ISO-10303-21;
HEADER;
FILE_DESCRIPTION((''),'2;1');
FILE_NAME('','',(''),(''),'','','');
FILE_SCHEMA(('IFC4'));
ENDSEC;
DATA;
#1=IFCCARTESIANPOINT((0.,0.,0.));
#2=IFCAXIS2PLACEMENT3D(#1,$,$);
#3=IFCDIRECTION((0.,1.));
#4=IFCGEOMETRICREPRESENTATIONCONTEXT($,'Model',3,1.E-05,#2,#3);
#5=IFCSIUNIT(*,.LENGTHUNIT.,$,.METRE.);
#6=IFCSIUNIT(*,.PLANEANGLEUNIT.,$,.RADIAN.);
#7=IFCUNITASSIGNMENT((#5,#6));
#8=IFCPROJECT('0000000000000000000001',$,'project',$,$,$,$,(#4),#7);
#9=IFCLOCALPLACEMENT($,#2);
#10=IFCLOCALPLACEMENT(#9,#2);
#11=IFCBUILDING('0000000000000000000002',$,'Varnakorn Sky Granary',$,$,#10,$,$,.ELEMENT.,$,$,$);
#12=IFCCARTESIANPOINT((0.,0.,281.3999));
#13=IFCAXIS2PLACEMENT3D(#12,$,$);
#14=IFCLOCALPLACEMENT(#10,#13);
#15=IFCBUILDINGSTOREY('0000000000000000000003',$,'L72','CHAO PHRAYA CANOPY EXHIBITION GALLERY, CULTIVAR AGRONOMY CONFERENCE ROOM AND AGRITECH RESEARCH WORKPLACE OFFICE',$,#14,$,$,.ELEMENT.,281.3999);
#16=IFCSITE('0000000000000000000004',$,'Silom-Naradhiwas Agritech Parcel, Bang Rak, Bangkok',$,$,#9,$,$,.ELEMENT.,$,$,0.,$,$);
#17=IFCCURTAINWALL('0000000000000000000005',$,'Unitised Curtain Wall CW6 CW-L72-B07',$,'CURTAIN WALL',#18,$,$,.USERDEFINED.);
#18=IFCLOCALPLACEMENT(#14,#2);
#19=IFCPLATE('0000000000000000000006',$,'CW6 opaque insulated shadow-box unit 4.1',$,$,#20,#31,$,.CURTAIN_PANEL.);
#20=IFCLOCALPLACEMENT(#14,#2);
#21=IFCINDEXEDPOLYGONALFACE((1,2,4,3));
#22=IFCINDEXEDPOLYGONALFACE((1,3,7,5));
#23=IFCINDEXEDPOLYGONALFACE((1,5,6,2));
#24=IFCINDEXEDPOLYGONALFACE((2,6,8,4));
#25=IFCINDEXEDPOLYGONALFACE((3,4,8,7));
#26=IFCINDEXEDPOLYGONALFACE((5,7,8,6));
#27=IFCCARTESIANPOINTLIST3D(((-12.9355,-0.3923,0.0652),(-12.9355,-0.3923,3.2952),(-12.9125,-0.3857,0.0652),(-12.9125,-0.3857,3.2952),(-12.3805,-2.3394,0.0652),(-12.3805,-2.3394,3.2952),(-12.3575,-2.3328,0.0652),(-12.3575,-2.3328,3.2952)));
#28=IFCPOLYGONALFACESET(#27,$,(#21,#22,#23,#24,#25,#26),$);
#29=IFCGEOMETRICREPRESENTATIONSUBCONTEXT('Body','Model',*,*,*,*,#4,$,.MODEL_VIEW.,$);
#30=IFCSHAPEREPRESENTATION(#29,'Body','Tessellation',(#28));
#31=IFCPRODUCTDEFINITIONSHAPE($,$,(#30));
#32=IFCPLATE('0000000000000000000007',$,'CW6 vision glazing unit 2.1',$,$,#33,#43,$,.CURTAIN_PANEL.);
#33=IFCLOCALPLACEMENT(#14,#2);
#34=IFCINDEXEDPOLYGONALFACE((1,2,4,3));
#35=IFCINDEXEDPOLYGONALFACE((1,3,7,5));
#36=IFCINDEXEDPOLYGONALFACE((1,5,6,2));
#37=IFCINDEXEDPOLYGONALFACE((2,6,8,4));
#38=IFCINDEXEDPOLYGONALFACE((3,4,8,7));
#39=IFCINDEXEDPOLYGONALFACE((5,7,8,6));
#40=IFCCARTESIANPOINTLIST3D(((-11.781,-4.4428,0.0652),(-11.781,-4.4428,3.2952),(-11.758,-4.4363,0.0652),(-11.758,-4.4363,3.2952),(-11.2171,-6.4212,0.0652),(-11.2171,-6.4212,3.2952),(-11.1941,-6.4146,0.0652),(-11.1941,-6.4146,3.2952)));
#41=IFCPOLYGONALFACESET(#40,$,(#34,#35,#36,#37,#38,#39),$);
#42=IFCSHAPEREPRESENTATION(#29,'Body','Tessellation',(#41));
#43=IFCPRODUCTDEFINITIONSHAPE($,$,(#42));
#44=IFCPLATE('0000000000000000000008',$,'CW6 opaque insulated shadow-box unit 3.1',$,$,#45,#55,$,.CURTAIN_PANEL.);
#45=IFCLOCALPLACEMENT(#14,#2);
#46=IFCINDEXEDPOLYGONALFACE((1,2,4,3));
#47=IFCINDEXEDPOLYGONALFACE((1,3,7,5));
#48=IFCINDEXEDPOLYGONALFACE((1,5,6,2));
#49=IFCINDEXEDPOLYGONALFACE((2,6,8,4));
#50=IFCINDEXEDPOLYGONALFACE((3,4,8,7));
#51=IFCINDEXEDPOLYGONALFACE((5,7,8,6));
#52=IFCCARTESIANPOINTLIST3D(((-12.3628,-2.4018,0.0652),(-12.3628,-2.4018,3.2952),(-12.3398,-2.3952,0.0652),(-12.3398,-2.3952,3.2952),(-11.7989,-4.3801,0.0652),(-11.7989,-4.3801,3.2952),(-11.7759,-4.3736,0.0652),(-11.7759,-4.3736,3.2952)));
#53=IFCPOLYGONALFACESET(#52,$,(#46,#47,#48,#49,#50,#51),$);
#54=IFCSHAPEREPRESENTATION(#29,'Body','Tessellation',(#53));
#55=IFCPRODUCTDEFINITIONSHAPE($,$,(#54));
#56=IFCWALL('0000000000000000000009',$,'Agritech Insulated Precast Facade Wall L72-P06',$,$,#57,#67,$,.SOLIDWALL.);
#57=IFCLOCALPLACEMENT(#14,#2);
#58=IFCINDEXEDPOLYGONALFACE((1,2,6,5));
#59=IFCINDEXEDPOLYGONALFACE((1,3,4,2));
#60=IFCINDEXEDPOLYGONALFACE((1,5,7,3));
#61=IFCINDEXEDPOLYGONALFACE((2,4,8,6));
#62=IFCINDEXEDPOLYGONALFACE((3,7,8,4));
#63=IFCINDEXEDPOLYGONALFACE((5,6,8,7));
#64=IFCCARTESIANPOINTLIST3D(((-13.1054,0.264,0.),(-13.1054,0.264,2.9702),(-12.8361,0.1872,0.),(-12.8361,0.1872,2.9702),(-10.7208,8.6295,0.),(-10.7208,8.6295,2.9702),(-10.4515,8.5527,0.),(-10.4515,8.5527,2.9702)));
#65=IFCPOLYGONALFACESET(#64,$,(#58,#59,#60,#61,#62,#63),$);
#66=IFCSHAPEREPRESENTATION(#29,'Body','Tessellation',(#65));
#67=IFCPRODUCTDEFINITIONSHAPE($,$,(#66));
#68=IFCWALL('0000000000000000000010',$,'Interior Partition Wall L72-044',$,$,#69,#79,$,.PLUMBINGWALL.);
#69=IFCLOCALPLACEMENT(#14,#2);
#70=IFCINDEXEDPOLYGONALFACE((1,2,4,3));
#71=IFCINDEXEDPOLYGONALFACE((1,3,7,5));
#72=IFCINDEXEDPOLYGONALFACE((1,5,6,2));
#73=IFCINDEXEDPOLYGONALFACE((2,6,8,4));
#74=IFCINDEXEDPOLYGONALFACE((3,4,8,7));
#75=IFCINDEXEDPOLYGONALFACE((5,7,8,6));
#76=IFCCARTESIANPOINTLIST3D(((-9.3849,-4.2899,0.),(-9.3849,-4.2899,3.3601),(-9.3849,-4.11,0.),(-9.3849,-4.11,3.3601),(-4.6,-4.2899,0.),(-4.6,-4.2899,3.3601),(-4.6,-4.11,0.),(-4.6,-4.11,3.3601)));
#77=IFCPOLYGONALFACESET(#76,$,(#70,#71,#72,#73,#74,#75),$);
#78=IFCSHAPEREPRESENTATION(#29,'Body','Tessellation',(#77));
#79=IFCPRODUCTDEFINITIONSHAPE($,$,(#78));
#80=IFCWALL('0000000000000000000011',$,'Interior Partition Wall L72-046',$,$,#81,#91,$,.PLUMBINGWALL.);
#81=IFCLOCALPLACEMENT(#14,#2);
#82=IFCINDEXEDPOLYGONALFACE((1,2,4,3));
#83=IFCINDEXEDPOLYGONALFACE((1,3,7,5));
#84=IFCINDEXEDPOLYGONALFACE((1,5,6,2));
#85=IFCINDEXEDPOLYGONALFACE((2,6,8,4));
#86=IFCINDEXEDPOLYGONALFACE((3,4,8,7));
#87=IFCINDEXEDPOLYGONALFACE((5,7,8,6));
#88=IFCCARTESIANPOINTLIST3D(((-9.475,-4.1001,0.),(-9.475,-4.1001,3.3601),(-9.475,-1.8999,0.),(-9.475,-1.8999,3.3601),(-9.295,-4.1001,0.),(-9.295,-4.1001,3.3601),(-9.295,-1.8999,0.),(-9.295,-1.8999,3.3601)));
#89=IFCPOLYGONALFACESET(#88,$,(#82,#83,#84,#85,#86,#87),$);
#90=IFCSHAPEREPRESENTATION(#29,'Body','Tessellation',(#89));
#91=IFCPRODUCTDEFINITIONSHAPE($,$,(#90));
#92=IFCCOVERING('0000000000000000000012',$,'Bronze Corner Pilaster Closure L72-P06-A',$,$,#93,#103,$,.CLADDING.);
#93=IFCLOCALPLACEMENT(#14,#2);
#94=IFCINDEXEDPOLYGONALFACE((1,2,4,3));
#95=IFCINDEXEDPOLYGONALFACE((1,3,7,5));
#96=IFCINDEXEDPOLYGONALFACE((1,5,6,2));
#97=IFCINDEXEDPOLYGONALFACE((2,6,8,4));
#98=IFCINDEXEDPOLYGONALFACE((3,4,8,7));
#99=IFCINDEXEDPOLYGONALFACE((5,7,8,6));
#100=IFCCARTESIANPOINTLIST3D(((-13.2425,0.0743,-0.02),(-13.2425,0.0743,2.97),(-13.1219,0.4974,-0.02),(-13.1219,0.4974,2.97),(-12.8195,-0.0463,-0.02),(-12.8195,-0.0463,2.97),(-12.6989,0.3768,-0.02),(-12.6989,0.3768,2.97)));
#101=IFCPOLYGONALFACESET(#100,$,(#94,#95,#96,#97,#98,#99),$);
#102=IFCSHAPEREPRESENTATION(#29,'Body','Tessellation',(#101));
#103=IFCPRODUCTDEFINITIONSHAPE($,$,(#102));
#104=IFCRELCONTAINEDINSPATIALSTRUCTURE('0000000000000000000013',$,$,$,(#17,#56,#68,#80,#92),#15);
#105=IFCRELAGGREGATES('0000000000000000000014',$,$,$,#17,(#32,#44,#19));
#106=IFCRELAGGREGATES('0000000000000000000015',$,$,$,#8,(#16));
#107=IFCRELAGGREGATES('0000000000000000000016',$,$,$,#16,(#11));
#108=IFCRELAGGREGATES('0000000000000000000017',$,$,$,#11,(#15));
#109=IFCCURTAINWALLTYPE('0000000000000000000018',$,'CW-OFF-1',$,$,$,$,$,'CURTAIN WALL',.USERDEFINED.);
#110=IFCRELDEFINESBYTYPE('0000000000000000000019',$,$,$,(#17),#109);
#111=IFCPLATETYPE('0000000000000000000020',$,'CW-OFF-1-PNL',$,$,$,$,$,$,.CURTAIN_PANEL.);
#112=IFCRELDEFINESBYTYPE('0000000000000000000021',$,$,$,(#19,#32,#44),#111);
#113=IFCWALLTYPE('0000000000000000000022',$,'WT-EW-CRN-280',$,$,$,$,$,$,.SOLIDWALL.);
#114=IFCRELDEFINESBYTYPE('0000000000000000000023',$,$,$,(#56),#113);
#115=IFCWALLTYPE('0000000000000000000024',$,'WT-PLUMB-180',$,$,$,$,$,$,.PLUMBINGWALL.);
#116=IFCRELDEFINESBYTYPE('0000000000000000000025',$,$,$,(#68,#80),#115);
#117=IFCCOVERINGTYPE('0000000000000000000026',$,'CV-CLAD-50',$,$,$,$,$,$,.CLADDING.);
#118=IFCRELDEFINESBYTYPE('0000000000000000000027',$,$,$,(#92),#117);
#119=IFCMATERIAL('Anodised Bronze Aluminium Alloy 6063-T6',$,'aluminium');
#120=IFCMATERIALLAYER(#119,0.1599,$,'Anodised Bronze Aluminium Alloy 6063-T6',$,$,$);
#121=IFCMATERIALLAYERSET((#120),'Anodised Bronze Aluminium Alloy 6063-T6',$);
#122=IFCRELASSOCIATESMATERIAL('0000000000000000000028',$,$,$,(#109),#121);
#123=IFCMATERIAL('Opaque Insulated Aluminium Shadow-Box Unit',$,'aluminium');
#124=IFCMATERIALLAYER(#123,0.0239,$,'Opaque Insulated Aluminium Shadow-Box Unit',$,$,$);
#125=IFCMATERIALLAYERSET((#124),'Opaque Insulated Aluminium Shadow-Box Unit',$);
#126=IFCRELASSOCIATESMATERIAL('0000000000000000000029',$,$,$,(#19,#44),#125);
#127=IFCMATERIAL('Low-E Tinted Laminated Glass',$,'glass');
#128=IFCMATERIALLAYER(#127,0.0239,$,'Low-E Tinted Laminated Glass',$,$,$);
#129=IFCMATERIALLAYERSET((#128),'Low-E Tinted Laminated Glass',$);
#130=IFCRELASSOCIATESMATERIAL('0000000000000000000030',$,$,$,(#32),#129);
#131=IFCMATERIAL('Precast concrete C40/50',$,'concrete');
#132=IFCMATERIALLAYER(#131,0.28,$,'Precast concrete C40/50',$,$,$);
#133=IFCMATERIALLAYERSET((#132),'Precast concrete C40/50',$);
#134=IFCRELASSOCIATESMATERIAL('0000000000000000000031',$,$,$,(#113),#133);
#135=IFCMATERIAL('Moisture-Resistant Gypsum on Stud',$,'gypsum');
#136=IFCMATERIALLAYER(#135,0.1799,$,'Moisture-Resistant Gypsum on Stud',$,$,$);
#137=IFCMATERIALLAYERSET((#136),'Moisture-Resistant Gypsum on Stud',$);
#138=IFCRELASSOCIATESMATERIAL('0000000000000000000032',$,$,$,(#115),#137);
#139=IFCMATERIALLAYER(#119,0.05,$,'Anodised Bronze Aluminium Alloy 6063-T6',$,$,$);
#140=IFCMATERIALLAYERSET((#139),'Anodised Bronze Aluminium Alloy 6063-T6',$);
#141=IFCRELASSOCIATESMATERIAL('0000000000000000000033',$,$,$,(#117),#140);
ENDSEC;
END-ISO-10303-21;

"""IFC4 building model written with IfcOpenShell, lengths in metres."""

from ifc_helpers import new_model, si_unit, direction, frame, frame_2d, origin, origin_2d, place, context, subcontext, project, spatial, rectangle, extrude, source, transform, mapped, material, layer, layer_set, type_object, type_shapes, element, aggregate, save


model = new_model("IFC4")

# Units and contexts
model_context = context("Model", 3, precision=1e-05, world=origin(), true_north=direction((0.0, 1.0)))
body_context = subcontext(model_context, "Body", "Model", "MODEL_VIEW")
ifc_project = project(units=[si_unit("LENGTHUNIT", "METRE"), si_unit("PLANEANGLEUNIT", "RADIAN")], contexts=[model_context])

# Site, building, storey
site_placement = place(None, origin())
site = spatial("IfcSite", under=ifc_project, at=site_placement, Name="Silom-Naradhiwas Agritech Parcel, Bang Rak, Bangkok", CompositionType="ELEMENT", RefElevation=0.0)
building_placement = place(site_placement, origin())
building = spatial("IfcBuilding", under=site, at=building_placement, Name="Varnakorn Sky Granary", CompositionType="ELEMENT")
storey_placement = place(building_placement, frame((0.0, 0.0, 281.3999)))
storey = spatial("IfcBuildingStorey", under=building, at=storey_placement, Name="L72", Description="CHAO PHRAYA CANOPY EXHIBITION GALLERY, CULTIVAR AGRONOMY CONFERENCE ROOM AND AGRITECH RESEARCH WORKPLACE OFFICE", CompositionType="ELEMENT", Elevation=281.3999)

# Curtain wall
ifc_material_1 = material(Name="Anodised Bronze Aluminium Alloy 6063-T6", Category="aluminium")
ifc_layer_1 = layer(ifc_material_1, 0.1599, Name="Anodised Bronze Aluminium Alloy 6063-T6")
ifc_layer_set_1 = layer_set([ifc_layer_1], Name="Anodised Bronze Aluminium Alloy 6063-T6")
curtain_wall_type = type_object("IfcCurtainWallType", Name="CW-OFF-1", ElementType="CURTAIN WALL", PredefinedType="USERDEFINED", material=ifc_layer_set_1)
curtain_wall_placement = place(storey_placement, origin())
curtain_wall = element("IfcCurtainWall", 1, at=curtain_wall_placement, inside=storey, type_object=curtain_wall_type, Name="Unitised Curtain Wall CW6 CW-L72-B07", ObjectType="CURTAIN WALL", PredefinedType="USERDEFINED")

# Plates
ifc_material_2 = material(Name="Opaque Insulated Aluminium Shadow-Box Unit", Category="aluminium")
ifc_layer_2 = layer(ifc_material_2, 0.0239, Name="Opaque Insulated Aluminium Shadow-Box Unit")
ifc_layer_set_2 = layer_set([ifc_layer_2], Name="Opaque Insulated Aluminium Shadow-Box Unit")
plate_type_1 = type_object("IfcPlateType", Name="CW-OFF-1-PNL", PredefinedType="CURTAIN_PANEL")
shared_shape_1 = source(origin(), body_context, "Body", "SweptSolid", [
    extrude(rectangle(XDim=2.0247, YDim=0.0239, at=origin_2d()), origin(), (0.0, 0.0, 1.0), 3.23),
])
plate_1_placement = place(storey_placement, frame((-12.6465, -1.3625, 0.0652), z_axis=(0.0, 0.0, 1.0), x_axis=(-0.274108, 0.961699, 0.0)))
plate_1 = element("IfcPlate", 2, at=plate_1_placement, type_object=plate_type_1, material=ifc_layer_set_2, Name="CW6 opaque insulated shadow-box unit 4.1", PredefinedType="CURTAIN_PANEL", context=body_context, shape_type="MappedRepresentation", body=[
    mapped(shared_shape_1, transform((0.0, 0.0, 0.0), x_axis=(1.0, 0.0, 0.0), y_axis=(0.0, 1.0, 0.0), z_axis=(0.0, 0.0, 1.0), scale=1.0)),
])
ifc_material_3 = material(Name="Low-E Tinted Laminated Glass", Category="glass")
ifc_layer_3 = layer(ifc_material_3, 0.0239, Name="Low-E Tinted Laminated Glass")
ifc_layer_set_3 = layer_set([ifc_layer_3], Name="Low-E Tinted Laminated Glass")
shared_shape_2 = source(origin(), body_context, "Body", "SweptSolid", [
    extrude(rectangle(XDim=2.0571, YDim=0.0239, at=origin_2d()), origin(), (0.0, 0.0, 1.0), 3.23),
])
type_shapes(plate_type_1, [shared_shape_1, shared_shape_2])
plate_2_placement = place(storey_placement, frame((-11.4875, -5.4287, 0.0652), z_axis=(0.0, 0.0, 1.0), x_axis=(-0.274108, 0.961699, 0.0)))
plate_2 = element("IfcPlate", 3, at=plate_2_placement, type_object=plate_type_1, material=ifc_layer_set_3, Name="CW6 vision glazing unit 2.1", PredefinedType="CURTAIN_PANEL", context=body_context, shape_type="MappedRepresentation", body=[
    mapped(shared_shape_2, transform((0.0, 0.0, 0.0), x_axis=(1.0, 0.0, 0.0), y_axis=(0.0, 1.0, 0.0), z_axis=(0.0, 0.0, 1.0), scale=1.0)),
])
plate_3_placement = place(storey_placement, frame((-12.0693, -3.3877, 0.0652), z_axis=(0.0, 0.0, 1.0), x_axis=(-0.274108, 0.961699, 0.0)))
plate_3 = element("IfcPlate", 4, at=plate_3_placement, type_object=plate_type_1, material=ifc_layer_set_2, Name="CW6 opaque insulated shadow-box unit 3.1", PredefinedType="CURTAIN_PANEL", context=body_context, shape_type="MappedRepresentation", body=[
    mapped(shared_shape_2, transform((0.0, 0.0, 0.0), x_axis=(1.0, 0.0, 0.0), y_axis=(0.0, 1.0, 0.0), z_axis=(0.0, 0.0, 1.0), scale=1.0)),
])
aggregate(curtain_wall, [plate_2, plate_3, plate_1])

# Walls
ifc_material_4 = material(Name="Precast concrete C40/50", Category="concrete")
ifc_layer_4 = layer(ifc_material_4, 0.28, Name="Precast concrete C40/50")
ifc_layer_set_4 = layer_set([ifc_layer_4], Name="Precast concrete C40/50")
wall_type_1 = type_object("IfcWallType", Name="WT-EW-CRN-280", PredefinedType="SOLIDWALL", material=ifc_layer_set_4)
wall_1_placement = place(storey_placement, frame((-12.9707, 0.2256, 0.0), z_axis=(0.0, 0.0, 1.0), x_axis=(0.274124, 0.961694, 0.0)))
element("IfcWall", 5, at=wall_1_placement, inside=storey, type_object=wall_type_1, Name="Agritech Insulated Precast Facade Wall L72-P06", PredefinedType="SOLIDWALL", context=body_context, shape_type="SweptSolid", body=[
    extrude(rectangle(XDim=8.6987, YDim=0.28, at=frame_2d((4.3494, 0.0))), origin(), (0.0, 0.0, 1.0), 2.9702),
])
ifc_material_5 = material(Name="Moisture-Resistant Gypsum on Stud", Category="gypsum")
ifc_layer_5 = layer(ifc_material_5, 0.1799, Name="Moisture-Resistant Gypsum on Stud")
ifc_layer_set_5 = layer_set([ifc_layer_5], Name="Moisture-Resistant Gypsum on Stud")
wall_type_2 = type_object("IfcWallType", Name="WT-PLUMB-180", PredefinedType="PLUMBINGWALL", material=ifc_layer_set_5)
wall_2_placement = place(storey_placement, frame((-9.385, -4.2, 0.0), z_axis=(0.0, 0.0, 1.0), x_axis=(1.0, 0.0, 0.0)))
element("IfcWall", 6, at=wall_2_placement, inside=storey, type_object=wall_type_2, Name="Interior Partition Wall L72-044", PredefinedType="PLUMBINGWALL", context=body_context, shape_type="SweptSolid", body=[
    extrude(rectangle(XDim=4.7849, YDim=0.1799, at=frame_2d((2.3926, 0.0))), origin(), (0.0, 0.0, 1.0), 3.3601),
])
wall_3_placement = place(storey_placement, frame((-9.385, -1.8999, 0.0), z_axis=(0.0, 0.0, 1.0), x_axis=(0.0, -1.0, 0.0)))
element("IfcWall", 7, at=wall_3_placement, inside=storey, type_object=wall_type_2, Name="Interior Partition Wall L72-046", PredefinedType="PLUMBINGWALL", context=body_context, shape_type="SweptSolid", body=[
    extrude(rectangle(XDim=2.2002, YDim=0.1799, at=frame_2d((1.1001, 0.0))), origin(), (0.0, 0.0, 1.0), 3.3601),
])

# Covering
ifc_layer_6 = layer(ifc_material_1, 0.05, Name="Anodised Bronze Aluminium Alloy 6063-T6")
ifc_layer_set_6 = layer_set([ifc_layer_6], Name="Anodised Bronze Aluminium Alloy 6063-T6")
covering_type = type_object("IfcCoveringType", Name="CV-CLAD-50", PredefinedType="CLADDING", material=ifc_layer_set_6)
shared_shape_3 = source(origin(), body_context, "Body", "SweptSolid", [
    extrude(rectangle(XDim=0.4399, YDim=0.4399, at=origin_2d()), origin(), (0.0, 0.0, 1.0), 2.99),
])
type_shapes(covering_type, [shared_shape_3])
covering_placement = place(storey_placement, frame((-12.9707, 0.2256, -0.02), z_axis=(0.0, 0.0, 1.0), x_axis=(0.274127, 0.961693, 0.0)))
element("IfcCovering", 8, at=covering_placement, inside=storey, type_object=covering_type, Name="Bronze Corner Pilaster Closure L72-P06-A", PredefinedType="CLADDING", context=body_context, shape_type="MappedRepresentation", body=[
    mapped(shared_shape_3, transform((0.0, 0.0, 0.0), x_axis=(1.0, 0.0, 0.0), y_axis=(0.0, 1.0, 0.0), z_axis=(0.0, 0.0, 1.0), scale=1.0)),
])

save(model, "model.ifc")
